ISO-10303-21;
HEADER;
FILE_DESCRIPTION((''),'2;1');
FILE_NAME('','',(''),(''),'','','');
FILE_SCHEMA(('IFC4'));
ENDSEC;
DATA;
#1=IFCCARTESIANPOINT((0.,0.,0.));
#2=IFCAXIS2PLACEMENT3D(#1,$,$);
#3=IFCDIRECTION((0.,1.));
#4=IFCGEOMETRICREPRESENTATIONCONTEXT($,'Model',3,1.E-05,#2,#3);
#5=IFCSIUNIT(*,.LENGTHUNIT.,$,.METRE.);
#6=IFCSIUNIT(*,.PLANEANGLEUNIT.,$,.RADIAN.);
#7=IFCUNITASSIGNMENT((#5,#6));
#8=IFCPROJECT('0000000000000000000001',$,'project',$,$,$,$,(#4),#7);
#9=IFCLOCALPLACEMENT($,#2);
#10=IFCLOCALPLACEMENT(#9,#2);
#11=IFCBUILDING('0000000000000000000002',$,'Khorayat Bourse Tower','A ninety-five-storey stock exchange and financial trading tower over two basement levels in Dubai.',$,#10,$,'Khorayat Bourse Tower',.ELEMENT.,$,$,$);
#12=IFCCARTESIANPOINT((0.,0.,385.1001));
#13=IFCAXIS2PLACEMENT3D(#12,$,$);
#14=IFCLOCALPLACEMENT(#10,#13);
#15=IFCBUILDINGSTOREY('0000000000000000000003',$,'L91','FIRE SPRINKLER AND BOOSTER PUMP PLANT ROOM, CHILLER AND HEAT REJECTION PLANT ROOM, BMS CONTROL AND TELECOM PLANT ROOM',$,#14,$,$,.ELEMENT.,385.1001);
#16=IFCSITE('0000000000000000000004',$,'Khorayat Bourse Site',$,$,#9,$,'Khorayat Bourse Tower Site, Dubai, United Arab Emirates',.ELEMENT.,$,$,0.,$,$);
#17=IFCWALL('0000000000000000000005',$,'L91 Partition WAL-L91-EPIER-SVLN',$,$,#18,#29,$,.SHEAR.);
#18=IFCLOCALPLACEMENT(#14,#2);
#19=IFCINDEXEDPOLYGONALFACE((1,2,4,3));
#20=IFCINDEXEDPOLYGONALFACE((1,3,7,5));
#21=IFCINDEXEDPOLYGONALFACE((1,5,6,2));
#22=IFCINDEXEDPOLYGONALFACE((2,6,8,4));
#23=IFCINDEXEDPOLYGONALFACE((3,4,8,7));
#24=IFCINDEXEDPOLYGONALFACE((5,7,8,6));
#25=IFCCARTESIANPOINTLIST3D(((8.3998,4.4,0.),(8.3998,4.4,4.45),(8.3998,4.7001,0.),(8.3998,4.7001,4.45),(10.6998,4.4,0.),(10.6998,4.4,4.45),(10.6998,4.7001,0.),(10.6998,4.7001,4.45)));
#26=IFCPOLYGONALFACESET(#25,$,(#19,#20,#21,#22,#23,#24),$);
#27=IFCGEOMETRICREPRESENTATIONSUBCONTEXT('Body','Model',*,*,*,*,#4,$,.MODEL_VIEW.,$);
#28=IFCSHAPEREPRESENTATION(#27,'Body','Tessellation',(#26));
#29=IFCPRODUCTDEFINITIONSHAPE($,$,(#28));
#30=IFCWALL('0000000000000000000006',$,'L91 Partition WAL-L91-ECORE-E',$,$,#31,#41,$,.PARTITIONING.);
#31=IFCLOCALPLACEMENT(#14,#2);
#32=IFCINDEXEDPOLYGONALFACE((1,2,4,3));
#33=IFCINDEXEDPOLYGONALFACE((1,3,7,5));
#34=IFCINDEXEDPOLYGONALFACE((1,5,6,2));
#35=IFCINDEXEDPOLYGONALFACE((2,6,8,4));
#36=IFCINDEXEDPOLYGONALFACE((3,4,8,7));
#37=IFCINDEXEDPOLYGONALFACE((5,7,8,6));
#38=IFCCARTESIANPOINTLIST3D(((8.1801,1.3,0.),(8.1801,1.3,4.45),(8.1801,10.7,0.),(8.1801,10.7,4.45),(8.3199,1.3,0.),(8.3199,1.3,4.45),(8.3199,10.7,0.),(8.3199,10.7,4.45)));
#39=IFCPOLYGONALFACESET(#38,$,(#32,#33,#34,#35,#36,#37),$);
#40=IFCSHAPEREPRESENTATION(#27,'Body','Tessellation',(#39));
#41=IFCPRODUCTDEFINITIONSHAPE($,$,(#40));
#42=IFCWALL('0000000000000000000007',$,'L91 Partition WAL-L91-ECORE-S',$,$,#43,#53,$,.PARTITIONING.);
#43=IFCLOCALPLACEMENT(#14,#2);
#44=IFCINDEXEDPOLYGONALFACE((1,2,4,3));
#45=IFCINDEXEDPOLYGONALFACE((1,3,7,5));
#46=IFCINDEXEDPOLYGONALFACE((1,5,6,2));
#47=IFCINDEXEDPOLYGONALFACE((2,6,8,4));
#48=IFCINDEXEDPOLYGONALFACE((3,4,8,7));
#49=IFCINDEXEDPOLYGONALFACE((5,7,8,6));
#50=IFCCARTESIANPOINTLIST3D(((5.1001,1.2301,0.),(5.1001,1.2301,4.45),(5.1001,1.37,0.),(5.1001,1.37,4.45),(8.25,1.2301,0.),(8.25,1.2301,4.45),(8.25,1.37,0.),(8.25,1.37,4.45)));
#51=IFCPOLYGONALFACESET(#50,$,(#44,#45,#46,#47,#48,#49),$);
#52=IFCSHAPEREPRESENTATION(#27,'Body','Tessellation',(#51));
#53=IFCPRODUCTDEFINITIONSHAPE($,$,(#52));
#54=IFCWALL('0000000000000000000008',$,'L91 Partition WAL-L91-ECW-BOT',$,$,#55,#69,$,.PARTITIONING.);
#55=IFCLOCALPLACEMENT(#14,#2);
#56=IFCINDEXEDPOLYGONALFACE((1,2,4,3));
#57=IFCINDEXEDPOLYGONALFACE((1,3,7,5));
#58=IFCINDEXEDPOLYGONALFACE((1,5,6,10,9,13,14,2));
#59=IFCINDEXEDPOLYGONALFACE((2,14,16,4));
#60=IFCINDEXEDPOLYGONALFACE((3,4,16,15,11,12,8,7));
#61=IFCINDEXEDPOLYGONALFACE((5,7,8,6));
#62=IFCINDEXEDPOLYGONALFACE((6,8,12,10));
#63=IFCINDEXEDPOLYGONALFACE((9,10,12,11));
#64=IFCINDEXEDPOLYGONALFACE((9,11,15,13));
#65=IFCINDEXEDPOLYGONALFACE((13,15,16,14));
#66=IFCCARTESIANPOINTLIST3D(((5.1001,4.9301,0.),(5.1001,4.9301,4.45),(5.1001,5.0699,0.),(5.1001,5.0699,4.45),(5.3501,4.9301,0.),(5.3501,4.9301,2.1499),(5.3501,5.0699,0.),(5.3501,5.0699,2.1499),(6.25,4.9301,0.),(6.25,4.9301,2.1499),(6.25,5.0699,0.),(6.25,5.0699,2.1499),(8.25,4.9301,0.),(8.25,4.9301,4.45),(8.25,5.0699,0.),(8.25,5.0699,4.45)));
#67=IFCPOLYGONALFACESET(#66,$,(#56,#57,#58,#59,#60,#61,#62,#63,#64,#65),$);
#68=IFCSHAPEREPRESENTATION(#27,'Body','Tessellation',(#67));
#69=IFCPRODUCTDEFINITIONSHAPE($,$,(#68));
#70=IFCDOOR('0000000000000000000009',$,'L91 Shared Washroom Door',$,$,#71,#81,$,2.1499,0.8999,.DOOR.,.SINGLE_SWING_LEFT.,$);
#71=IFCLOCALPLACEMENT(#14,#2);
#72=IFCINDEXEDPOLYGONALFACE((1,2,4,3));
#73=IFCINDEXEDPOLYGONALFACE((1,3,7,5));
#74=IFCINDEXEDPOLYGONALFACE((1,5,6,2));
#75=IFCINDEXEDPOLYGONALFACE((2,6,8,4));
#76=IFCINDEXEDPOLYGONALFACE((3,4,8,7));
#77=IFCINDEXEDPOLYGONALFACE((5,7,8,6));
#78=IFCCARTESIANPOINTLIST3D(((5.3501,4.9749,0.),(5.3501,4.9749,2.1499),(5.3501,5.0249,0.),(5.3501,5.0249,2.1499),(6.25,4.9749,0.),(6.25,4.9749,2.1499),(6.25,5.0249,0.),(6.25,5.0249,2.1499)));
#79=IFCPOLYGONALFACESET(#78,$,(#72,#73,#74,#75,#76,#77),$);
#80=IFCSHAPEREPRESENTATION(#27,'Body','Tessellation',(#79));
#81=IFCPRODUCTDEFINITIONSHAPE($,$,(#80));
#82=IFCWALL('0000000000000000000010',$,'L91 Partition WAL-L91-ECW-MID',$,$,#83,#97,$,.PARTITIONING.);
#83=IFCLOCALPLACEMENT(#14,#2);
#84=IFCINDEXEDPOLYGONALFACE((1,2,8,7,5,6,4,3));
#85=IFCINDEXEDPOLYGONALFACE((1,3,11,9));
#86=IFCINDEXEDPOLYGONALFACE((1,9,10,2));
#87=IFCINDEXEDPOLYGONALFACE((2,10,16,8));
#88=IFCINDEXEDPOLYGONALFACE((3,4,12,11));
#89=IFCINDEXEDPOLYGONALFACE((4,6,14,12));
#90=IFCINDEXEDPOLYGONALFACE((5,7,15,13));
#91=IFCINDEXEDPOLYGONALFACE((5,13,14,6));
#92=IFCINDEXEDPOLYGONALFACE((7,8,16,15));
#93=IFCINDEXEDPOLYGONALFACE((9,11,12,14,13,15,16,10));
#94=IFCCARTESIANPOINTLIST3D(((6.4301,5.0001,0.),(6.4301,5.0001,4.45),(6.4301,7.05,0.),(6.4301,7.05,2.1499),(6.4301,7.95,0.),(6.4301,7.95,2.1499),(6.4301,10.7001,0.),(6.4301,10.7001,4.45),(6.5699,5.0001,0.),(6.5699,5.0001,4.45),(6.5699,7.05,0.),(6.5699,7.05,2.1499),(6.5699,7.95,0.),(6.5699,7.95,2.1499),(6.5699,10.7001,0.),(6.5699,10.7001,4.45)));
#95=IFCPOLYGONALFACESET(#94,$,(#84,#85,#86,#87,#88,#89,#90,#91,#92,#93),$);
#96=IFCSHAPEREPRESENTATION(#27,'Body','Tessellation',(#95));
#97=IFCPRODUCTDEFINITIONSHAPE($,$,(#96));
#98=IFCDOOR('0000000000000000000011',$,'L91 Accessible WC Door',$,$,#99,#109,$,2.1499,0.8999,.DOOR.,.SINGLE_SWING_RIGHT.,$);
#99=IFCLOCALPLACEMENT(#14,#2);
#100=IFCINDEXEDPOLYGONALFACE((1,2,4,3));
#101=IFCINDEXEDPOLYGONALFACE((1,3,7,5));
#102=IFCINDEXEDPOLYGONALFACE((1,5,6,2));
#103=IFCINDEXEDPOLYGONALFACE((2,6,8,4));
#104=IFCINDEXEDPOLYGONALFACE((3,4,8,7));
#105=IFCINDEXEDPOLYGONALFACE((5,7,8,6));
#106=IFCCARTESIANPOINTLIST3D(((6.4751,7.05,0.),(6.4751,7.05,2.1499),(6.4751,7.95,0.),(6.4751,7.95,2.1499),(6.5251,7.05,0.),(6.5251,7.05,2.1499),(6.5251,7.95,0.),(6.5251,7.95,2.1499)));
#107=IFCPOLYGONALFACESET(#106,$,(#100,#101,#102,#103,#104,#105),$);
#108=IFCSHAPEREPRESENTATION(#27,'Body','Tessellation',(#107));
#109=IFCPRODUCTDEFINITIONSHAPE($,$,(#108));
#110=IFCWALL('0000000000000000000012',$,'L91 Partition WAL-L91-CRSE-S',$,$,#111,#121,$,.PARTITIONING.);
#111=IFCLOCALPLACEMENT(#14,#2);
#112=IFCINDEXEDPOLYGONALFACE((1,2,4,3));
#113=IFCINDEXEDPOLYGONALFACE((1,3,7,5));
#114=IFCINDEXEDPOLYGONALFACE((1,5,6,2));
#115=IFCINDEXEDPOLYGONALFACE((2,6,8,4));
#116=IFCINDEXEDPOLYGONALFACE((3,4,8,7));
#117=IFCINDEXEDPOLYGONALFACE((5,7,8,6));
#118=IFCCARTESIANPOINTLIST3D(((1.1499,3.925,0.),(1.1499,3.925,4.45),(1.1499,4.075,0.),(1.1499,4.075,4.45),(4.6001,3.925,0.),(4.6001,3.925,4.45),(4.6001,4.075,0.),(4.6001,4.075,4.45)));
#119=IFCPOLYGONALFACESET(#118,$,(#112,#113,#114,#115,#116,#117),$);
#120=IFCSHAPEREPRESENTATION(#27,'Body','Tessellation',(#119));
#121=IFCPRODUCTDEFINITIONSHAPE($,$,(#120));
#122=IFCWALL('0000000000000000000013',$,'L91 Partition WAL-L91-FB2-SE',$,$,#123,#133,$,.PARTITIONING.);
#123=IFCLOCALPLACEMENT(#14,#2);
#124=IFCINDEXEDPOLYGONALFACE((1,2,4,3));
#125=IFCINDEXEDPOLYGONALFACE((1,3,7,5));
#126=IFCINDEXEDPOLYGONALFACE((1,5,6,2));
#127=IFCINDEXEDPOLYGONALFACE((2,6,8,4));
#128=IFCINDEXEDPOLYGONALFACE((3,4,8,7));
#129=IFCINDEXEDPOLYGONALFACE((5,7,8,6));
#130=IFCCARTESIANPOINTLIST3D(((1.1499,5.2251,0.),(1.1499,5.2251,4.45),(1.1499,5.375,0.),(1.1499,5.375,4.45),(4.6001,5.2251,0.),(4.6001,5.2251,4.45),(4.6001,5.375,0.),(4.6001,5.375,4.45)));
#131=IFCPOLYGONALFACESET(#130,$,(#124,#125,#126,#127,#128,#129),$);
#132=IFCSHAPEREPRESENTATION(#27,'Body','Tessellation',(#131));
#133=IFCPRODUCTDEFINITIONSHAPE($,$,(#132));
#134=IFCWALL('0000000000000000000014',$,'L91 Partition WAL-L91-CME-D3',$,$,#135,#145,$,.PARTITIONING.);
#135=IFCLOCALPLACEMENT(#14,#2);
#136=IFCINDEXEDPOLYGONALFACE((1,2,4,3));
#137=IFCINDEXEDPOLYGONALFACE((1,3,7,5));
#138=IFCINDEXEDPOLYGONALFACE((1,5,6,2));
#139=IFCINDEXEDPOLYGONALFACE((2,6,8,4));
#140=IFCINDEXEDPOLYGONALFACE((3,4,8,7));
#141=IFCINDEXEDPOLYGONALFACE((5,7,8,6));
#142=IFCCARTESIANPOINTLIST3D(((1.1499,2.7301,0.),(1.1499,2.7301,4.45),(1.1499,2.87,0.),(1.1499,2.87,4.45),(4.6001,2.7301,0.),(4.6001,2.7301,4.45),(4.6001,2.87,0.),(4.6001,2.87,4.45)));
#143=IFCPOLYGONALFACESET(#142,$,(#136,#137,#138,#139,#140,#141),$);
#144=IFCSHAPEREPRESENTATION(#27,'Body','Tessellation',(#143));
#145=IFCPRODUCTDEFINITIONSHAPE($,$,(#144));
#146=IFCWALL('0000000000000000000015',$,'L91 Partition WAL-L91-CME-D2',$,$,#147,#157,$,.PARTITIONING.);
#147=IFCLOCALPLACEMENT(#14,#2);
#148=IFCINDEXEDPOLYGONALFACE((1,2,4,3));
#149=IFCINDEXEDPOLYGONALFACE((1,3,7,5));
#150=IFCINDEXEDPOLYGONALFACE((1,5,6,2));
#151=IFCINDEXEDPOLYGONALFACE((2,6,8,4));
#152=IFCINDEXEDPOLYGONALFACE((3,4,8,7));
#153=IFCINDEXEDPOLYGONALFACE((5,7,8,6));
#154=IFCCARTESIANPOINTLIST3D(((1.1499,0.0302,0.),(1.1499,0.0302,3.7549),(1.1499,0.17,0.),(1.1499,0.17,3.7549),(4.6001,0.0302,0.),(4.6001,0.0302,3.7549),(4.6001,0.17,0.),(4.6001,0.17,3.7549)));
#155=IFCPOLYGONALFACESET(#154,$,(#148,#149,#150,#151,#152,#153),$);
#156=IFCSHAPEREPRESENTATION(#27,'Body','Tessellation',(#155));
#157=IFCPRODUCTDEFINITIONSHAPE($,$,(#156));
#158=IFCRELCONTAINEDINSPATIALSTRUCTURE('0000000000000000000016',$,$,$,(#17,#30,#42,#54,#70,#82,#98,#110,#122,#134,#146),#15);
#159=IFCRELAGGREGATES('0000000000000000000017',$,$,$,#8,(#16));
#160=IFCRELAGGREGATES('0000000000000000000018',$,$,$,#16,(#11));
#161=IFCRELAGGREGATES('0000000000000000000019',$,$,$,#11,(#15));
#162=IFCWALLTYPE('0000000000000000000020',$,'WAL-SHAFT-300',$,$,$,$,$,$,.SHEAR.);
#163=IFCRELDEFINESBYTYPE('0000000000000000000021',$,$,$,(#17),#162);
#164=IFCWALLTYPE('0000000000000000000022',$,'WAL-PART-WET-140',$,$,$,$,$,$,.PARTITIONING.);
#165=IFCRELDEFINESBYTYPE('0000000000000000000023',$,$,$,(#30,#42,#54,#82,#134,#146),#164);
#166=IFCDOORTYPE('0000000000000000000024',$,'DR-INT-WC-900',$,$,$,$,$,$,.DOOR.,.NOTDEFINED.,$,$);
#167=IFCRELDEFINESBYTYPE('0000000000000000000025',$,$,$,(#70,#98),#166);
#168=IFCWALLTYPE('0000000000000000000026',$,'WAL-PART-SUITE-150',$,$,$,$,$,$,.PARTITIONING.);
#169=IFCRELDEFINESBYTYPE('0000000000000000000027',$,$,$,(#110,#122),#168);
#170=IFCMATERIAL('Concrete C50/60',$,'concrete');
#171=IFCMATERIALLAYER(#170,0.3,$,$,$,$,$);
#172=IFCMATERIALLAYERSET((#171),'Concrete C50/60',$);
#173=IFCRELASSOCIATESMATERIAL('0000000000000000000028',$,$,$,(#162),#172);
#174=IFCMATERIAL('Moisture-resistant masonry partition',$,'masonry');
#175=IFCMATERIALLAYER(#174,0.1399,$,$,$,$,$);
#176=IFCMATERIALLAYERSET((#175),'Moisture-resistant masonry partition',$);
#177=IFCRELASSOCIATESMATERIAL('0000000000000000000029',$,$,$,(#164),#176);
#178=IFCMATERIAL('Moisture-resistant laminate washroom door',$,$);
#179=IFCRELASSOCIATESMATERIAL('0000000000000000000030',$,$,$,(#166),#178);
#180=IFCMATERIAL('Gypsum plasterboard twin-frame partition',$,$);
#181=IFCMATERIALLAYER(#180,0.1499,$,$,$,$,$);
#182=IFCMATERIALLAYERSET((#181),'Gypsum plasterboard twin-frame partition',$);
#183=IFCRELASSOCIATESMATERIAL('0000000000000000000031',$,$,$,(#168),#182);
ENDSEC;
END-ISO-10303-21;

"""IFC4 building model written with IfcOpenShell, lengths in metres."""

from ifc_helpers import new_model, si_unit, direction, frame, frame_2d, origin, place, context, subcontext, project, spatial, rectangle, extrude, source, transform, mapped, material, layer, layer_set, type_object, element, fill, save


model = new_model("IFC4")

# Units and contexts
model_context = context("Model", 3, precision=1e-05, world=origin(), true_north=direction((0.0, 1.0)))
body_context = subcontext(model_context, "Body", "Model", "MODEL_VIEW")
ifc_project = project(units=[si_unit("LENGTHUNIT", "METRE"), si_unit("PLANEANGLEUNIT", "RADIAN")], contexts=[model_context])

# Site, building, storey
site_placement = place(None, origin())
site = spatial("IfcSite", under=ifc_project, at=site_placement, Name="Khorayat Bourse Site", LongName="Khorayat Bourse Tower Site, Dubai, United Arab Emirates", CompositionType="ELEMENT", RefElevation=0.0)
building_placement = place(site_placement, origin())
building = spatial("IfcBuilding", under=site, at=building_placement, Name="Khorayat Bourse Tower", Description="A ninety-five-storey stock exchange and financial trading tower over two basement levels in Dubai.", LongName="Khorayat Bourse Tower", CompositionType="ELEMENT")
storey_placement = place(building_placement, frame((0.0, 0.0, 385.1001)))
storey = spatial("IfcBuildingStorey", under=building, at=storey_placement, Name="L91", Description="FIRE SPRINKLER AND BOOSTER PUMP PLANT ROOM, CHILLER AND HEAT REJECTION PLANT ROOM, BMS CONTROL AND TELECOM PLANT ROOM", CompositionType="ELEMENT", Elevation=385.1001)

# Walls
ifc_material_1 = material(Name="Concrete C50/60", Category="concrete")
ifc_layer_1 = layer(ifc_material_1, 0.3)
ifc_layer_set_1 = layer_set([ifc_layer_1], Name="Concrete C50/60")
wall_type_1 = type_object("IfcWallType", Name="WAL-SHAFT-300", PredefinedType="SHEAR", material=ifc_layer_set_1)
shared_shape_1 = source(origin(), body_context, "Body", "SweptSolid", [
    extrude(rectangle(XDim=2.3, YDim=0.3, at=frame_2d((1.1499, 0.0))), origin(), (0.0, 0.0, 1.0), 4.45),
])
wall_1_placement = place(storey_placement, frame((8.3999, 4.55, 0.0), z_axis=(0.0, 0.0, 1.0), x_axis=(1.0, 0.0, 0.0)))
element("IfcWall", 1, at=wall_1_placement, inside=storey, type_object=wall_type_1, Name="L91 Partition WAL-L91-EPIER-SVLN", PredefinedType="SHEAR", context=body_context, shape_type="MappedRepresentation", body=[
    mapped(shared_shape_1, transform((0.0, 0.0, 0.0), scale=1.0)),
])
ifc_material_2 = material(Name="Moisture-resistant masonry partition", Category="masonry")
ifc_layer_2 = layer(ifc_material_2, 0.1399)
ifc_layer_set_2 = layer_set([ifc_layer_2], Name="Moisture-resistant masonry partition")
wall_type_2 = type_object("IfcWallType", Name="WAL-PART-WET-140", PredefinedType="PARTITIONING", material=ifc_layer_set_2)
shared_shape_2 = source(origin(), body_context, "Body", "SweptSolid", [
    extrude(rectangle(XDim=9.3999, YDim=0.1399, at=frame_2d((4.7, 0.0))), origin(), (0.0, 0.0, 1.0), 4.45),
])
wall_2_placement = place(storey_placement, frame((8.25, 1.3, 0.0), z_axis=(0.0, 0.0, 1.0), x_axis=(0.0, 1.0, 0.0)))
element("IfcWall", 2, at=wall_2_placement, inside=storey, type_object=wall_type_2, Name="L91 Partition WAL-L91-ECORE-E", PredefinedType="PARTITIONING", context=body_context, shape_type="MappedRepresentation", body=[
    mapped(shared_shape_2, transform((0.0, 0.0, 0.0), scale=1.0)),
])
shared_shape_3 = source(origin(), body_context, "Body", "SweptSolid", [
    extrude(rectangle(XDim=3.1499, YDim=0.1399, at=frame_2d((1.575, 0.0))), origin(), (0.0, 0.0, 1.0), 4.45),
])
wall_3_placement = place(storey_placement, frame((5.1001, 1.3, 0.0), z_axis=(0.0, 0.0, 1.0), x_axis=(1.0, 0.0, 0.0)))
element("IfcWall", 3, at=wall_3_placement, inside=storey, type_object=wall_type_2, Name="L91 Partition WAL-L91-ECORE-S", PredefinedType="PARTITIONING", context=body_context, shape_type="MappedRepresentation", body=[
    mapped(shared_shape_3, transform((0.0, 0.0, 0.0), scale=1.0)),
])

# Walls, openings, doors
wall_4_placement = place(storey_placement, frame((5.1001, 5.0, 0.0), z_axis=(0.0, 0.0, 1.0), x_axis=(1.0, 0.0, 0.0)))
wall_4 = element("IfcWall", 4, at=wall_4_placement, inside=storey, type_object=wall_type_2, Name="L91 Partition WAL-L91-ECW-BOT", PredefinedType="PARTITIONING", context=body_context, shape_type="MappedRepresentation", body=[
    mapped(shared_shape_3, transform((0.0, 0.0, 0.0), scale=1.0)),
])
shared_shape_4 = source(origin(), body_context, "Body", "SweptSolid", [
    extrude(rectangle(XDim=0.8999, YDim=2.1499, at=frame_2d((0.45, 1.075))), frame((0.0, 0.0798, 0.0), z_axis=(0.0, -1.0, 0.0), x_axis=(1.0, 0.0, 0.0)), (0.0, 0.0, 1.0), 0.1599),
])
opening_1_placement = place(wall_4_placement, frame((0.25, 0.0, 0.0)))
opening_1 = element("IfcOpeningElement", 5, at=opening_1_placement, cuts=wall_4, PredefinedType="OPENING", context=body_context, shape_type="MappedRepresentation", body=[
    mapped(shared_shape_4, transform((0.0, 0.0, 0.0), scale=1.0)),
])
ifc_material_3 = material(Name="Moisture-resistant laminate washroom door")
door_type = type_object("IfcDoorType", Name="DR-INT-WC-900", OperationType="NOTDEFINED", PredefinedType="DOOR", material=ifc_material_3)
shared_shape_5 = source(origin(), body_context, "Body", "SweptSolid", [
    extrude(rectangle(XDim=0.8999, YDim=2.1499, at=frame_2d((0.45, 1.075))), frame((0.0, 0.0249, 0.0), z_axis=(0.0, -1.0, 0.0), x_axis=(1.0, 0.0, 0.0)), (0.0, 0.0, 1.0), 0.05),
])
door_1_placement = place(opening_1_placement, origin())
door_1 = element("IfcDoor", 6, at=door_1_placement, inside=storey, type_object=door_type, Name="L91 Shared Washroom Door", OperationType="SINGLE_SWING_LEFT", OverallHeight=2.1499, OverallWidth=0.8999, PredefinedType="DOOR", context=body_context, shape_type="MappedRepresentation", body=[
    mapped(shared_shape_5, transform((0.0, 0.0, 0.0), scale=1.0)),
])
fill(opening_1, door_1)
shared_shape_6 = source(origin(), body_context, "Body", "SweptSolid", [
    extrude(rectangle(XDim=5.7, YDim=0.1399, at=frame_2d((2.8501, 0.0))), origin(), (0.0, 0.0, 1.0), 4.45),
])
wall_5_placement = place(storey_placement, frame((6.5, 5.0, 0.0), z_axis=(0.0, 0.0, 1.0), x_axis=(0.0, 1.0, 0.0)))
wall_5 = element("IfcWall", 7, at=wall_5_placement, inside=storey, type_object=wall_type_2, Name="L91 Partition WAL-L91-ECW-MID", PredefinedType="PARTITIONING", context=body_context, shape_type="MappedRepresentation", body=[
    mapped(shared_shape_6, transform((0.0, 0.0, 0.0), scale=1.0)),
])
opening_2_placement = place(wall_5_placement, frame((2.05, 0.0, 0.0)))
opening_2 = element("IfcOpeningElement", 8, at=opening_2_placement, cuts=wall_5, PredefinedType="OPENING", context=body_context, shape_type="MappedRepresentation", body=[
    mapped(shared_shape_4, transform((0.0, 0.0, 0.0), scale=1.0)),
])
door_2_placement = place(opening_2_placement, origin())
door_2 = element("IfcDoor", 9, at=door_2_placement, inside=storey, type_object=door_type, Name="L91 Accessible WC Door", OperationType="SINGLE_SWING_RIGHT", OverallHeight=2.1499, OverallWidth=0.8999, PredefinedType="DOOR", context=body_context, shape_type="MappedRepresentation", body=[
    mapped(shared_shape_5, transform((0.0, 0.0, 0.0), scale=1.0)),
])
fill(opening_2, door_2)

# Walls
ifc_material_4 = material(Name="Gypsum plasterboard twin-frame partition")
ifc_layer_3 = layer(ifc_material_4, 0.1499)
ifc_layer_set_3 = layer_set([ifc_layer_3], Name="Gypsum plasterboard twin-frame partition")
wall_type_3 = type_object("IfcWallType", Name="WAL-PART-SUITE-150", PredefinedType="PARTITIONING", material=ifc_layer_set_3)
shared_shape_7 = source(origin(), body_context, "Body", "SweptSolid", [
    extrude(rectangle(XDim=3.4502, YDim=0.1499, at=frame_2d((1.7251, 0.0))), origin(), (0.0, 0.0, 1.0), 4.45),
])
for number, where, z_axis, x_axis, name in (
    (10, (1.1499, 4.0, 0.0), (0.0, 0.0, 1.0), (1.0, 0.0, 0.0), "L91 Partition WAL-L91-CRSE-S"),
    (11, (1.1499, 5.3, 0.0), (0.0, 0.0, 1.0), (1.0, 0.0, 0.0), "L91 Partition WAL-L91-FB2-SE"),
):
    element("IfcWall", number, at=place(storey_placement, frame(where, z_axis=z_axis, x_axis=x_axis)), inside=storey, type_object=wall_type_3, Name=name, PredefinedType="PARTITIONING", context=body_context, shape_type="MappedRepresentation", body=[
        mapped(shared_shape_7, transform((0.0, 0.0, 0.0), scale=1.0)),
    ])
shared_shape_8 = source(origin(), body_context, "Body", "SweptSolid", [
    extrude(rectangle(XDim=3.4502, YDim=0.1399, at=frame_2d((1.7251, 0.0))), origin(), (0.0, 0.0, 1.0), 4.45),
])
wall_6_placement = place(storey_placement, frame((1.1499, 2.8, 0.0), z_axis=(0.0, 0.0, 1.0), x_axis=(1.0, 0.0, 0.0)))
element("IfcWall", 12, at=wall_6_placement, inside=storey, type_object=wall_type_2, Name="L91 Partition WAL-L91-CME-D3", PredefinedType="PARTITIONING", context=body_context, shape_type="MappedRepresentation", body=[
    mapped(shared_shape_8, transform((0.0, 0.0, 0.0), scale=1.0)),
])

# Wall
shared_shape_9 = source(origin(), body_context, "Body", "SweptSolid", [
    extrude(rectangle(XDim=3.4502, YDim=0.1399, at=frame_2d((1.7251, 0.0))), origin(), (0.0, 0.0, 1.0), 3.7549),
])
wall_7_placement = place(storey_placement, frame((1.1499, 0.1001, 0.0), z_axis=(0.0, 0.0, 1.0), x_axis=(1.0, 0.0, 0.0)))
element("IfcWall", 13, at=wall_7_placement, inside=storey, type_object=wall_type_2, Name="L91 Partition WAL-L91-CME-D2", PredefinedType="PARTITIONING", context=body_context, shape_type="MappedRepresentation", body=[
    mapped(shared_shape_9, transform((0.0, 0.0, 0.0), scale=1.0)),
])

save(model, "model.ifc")
